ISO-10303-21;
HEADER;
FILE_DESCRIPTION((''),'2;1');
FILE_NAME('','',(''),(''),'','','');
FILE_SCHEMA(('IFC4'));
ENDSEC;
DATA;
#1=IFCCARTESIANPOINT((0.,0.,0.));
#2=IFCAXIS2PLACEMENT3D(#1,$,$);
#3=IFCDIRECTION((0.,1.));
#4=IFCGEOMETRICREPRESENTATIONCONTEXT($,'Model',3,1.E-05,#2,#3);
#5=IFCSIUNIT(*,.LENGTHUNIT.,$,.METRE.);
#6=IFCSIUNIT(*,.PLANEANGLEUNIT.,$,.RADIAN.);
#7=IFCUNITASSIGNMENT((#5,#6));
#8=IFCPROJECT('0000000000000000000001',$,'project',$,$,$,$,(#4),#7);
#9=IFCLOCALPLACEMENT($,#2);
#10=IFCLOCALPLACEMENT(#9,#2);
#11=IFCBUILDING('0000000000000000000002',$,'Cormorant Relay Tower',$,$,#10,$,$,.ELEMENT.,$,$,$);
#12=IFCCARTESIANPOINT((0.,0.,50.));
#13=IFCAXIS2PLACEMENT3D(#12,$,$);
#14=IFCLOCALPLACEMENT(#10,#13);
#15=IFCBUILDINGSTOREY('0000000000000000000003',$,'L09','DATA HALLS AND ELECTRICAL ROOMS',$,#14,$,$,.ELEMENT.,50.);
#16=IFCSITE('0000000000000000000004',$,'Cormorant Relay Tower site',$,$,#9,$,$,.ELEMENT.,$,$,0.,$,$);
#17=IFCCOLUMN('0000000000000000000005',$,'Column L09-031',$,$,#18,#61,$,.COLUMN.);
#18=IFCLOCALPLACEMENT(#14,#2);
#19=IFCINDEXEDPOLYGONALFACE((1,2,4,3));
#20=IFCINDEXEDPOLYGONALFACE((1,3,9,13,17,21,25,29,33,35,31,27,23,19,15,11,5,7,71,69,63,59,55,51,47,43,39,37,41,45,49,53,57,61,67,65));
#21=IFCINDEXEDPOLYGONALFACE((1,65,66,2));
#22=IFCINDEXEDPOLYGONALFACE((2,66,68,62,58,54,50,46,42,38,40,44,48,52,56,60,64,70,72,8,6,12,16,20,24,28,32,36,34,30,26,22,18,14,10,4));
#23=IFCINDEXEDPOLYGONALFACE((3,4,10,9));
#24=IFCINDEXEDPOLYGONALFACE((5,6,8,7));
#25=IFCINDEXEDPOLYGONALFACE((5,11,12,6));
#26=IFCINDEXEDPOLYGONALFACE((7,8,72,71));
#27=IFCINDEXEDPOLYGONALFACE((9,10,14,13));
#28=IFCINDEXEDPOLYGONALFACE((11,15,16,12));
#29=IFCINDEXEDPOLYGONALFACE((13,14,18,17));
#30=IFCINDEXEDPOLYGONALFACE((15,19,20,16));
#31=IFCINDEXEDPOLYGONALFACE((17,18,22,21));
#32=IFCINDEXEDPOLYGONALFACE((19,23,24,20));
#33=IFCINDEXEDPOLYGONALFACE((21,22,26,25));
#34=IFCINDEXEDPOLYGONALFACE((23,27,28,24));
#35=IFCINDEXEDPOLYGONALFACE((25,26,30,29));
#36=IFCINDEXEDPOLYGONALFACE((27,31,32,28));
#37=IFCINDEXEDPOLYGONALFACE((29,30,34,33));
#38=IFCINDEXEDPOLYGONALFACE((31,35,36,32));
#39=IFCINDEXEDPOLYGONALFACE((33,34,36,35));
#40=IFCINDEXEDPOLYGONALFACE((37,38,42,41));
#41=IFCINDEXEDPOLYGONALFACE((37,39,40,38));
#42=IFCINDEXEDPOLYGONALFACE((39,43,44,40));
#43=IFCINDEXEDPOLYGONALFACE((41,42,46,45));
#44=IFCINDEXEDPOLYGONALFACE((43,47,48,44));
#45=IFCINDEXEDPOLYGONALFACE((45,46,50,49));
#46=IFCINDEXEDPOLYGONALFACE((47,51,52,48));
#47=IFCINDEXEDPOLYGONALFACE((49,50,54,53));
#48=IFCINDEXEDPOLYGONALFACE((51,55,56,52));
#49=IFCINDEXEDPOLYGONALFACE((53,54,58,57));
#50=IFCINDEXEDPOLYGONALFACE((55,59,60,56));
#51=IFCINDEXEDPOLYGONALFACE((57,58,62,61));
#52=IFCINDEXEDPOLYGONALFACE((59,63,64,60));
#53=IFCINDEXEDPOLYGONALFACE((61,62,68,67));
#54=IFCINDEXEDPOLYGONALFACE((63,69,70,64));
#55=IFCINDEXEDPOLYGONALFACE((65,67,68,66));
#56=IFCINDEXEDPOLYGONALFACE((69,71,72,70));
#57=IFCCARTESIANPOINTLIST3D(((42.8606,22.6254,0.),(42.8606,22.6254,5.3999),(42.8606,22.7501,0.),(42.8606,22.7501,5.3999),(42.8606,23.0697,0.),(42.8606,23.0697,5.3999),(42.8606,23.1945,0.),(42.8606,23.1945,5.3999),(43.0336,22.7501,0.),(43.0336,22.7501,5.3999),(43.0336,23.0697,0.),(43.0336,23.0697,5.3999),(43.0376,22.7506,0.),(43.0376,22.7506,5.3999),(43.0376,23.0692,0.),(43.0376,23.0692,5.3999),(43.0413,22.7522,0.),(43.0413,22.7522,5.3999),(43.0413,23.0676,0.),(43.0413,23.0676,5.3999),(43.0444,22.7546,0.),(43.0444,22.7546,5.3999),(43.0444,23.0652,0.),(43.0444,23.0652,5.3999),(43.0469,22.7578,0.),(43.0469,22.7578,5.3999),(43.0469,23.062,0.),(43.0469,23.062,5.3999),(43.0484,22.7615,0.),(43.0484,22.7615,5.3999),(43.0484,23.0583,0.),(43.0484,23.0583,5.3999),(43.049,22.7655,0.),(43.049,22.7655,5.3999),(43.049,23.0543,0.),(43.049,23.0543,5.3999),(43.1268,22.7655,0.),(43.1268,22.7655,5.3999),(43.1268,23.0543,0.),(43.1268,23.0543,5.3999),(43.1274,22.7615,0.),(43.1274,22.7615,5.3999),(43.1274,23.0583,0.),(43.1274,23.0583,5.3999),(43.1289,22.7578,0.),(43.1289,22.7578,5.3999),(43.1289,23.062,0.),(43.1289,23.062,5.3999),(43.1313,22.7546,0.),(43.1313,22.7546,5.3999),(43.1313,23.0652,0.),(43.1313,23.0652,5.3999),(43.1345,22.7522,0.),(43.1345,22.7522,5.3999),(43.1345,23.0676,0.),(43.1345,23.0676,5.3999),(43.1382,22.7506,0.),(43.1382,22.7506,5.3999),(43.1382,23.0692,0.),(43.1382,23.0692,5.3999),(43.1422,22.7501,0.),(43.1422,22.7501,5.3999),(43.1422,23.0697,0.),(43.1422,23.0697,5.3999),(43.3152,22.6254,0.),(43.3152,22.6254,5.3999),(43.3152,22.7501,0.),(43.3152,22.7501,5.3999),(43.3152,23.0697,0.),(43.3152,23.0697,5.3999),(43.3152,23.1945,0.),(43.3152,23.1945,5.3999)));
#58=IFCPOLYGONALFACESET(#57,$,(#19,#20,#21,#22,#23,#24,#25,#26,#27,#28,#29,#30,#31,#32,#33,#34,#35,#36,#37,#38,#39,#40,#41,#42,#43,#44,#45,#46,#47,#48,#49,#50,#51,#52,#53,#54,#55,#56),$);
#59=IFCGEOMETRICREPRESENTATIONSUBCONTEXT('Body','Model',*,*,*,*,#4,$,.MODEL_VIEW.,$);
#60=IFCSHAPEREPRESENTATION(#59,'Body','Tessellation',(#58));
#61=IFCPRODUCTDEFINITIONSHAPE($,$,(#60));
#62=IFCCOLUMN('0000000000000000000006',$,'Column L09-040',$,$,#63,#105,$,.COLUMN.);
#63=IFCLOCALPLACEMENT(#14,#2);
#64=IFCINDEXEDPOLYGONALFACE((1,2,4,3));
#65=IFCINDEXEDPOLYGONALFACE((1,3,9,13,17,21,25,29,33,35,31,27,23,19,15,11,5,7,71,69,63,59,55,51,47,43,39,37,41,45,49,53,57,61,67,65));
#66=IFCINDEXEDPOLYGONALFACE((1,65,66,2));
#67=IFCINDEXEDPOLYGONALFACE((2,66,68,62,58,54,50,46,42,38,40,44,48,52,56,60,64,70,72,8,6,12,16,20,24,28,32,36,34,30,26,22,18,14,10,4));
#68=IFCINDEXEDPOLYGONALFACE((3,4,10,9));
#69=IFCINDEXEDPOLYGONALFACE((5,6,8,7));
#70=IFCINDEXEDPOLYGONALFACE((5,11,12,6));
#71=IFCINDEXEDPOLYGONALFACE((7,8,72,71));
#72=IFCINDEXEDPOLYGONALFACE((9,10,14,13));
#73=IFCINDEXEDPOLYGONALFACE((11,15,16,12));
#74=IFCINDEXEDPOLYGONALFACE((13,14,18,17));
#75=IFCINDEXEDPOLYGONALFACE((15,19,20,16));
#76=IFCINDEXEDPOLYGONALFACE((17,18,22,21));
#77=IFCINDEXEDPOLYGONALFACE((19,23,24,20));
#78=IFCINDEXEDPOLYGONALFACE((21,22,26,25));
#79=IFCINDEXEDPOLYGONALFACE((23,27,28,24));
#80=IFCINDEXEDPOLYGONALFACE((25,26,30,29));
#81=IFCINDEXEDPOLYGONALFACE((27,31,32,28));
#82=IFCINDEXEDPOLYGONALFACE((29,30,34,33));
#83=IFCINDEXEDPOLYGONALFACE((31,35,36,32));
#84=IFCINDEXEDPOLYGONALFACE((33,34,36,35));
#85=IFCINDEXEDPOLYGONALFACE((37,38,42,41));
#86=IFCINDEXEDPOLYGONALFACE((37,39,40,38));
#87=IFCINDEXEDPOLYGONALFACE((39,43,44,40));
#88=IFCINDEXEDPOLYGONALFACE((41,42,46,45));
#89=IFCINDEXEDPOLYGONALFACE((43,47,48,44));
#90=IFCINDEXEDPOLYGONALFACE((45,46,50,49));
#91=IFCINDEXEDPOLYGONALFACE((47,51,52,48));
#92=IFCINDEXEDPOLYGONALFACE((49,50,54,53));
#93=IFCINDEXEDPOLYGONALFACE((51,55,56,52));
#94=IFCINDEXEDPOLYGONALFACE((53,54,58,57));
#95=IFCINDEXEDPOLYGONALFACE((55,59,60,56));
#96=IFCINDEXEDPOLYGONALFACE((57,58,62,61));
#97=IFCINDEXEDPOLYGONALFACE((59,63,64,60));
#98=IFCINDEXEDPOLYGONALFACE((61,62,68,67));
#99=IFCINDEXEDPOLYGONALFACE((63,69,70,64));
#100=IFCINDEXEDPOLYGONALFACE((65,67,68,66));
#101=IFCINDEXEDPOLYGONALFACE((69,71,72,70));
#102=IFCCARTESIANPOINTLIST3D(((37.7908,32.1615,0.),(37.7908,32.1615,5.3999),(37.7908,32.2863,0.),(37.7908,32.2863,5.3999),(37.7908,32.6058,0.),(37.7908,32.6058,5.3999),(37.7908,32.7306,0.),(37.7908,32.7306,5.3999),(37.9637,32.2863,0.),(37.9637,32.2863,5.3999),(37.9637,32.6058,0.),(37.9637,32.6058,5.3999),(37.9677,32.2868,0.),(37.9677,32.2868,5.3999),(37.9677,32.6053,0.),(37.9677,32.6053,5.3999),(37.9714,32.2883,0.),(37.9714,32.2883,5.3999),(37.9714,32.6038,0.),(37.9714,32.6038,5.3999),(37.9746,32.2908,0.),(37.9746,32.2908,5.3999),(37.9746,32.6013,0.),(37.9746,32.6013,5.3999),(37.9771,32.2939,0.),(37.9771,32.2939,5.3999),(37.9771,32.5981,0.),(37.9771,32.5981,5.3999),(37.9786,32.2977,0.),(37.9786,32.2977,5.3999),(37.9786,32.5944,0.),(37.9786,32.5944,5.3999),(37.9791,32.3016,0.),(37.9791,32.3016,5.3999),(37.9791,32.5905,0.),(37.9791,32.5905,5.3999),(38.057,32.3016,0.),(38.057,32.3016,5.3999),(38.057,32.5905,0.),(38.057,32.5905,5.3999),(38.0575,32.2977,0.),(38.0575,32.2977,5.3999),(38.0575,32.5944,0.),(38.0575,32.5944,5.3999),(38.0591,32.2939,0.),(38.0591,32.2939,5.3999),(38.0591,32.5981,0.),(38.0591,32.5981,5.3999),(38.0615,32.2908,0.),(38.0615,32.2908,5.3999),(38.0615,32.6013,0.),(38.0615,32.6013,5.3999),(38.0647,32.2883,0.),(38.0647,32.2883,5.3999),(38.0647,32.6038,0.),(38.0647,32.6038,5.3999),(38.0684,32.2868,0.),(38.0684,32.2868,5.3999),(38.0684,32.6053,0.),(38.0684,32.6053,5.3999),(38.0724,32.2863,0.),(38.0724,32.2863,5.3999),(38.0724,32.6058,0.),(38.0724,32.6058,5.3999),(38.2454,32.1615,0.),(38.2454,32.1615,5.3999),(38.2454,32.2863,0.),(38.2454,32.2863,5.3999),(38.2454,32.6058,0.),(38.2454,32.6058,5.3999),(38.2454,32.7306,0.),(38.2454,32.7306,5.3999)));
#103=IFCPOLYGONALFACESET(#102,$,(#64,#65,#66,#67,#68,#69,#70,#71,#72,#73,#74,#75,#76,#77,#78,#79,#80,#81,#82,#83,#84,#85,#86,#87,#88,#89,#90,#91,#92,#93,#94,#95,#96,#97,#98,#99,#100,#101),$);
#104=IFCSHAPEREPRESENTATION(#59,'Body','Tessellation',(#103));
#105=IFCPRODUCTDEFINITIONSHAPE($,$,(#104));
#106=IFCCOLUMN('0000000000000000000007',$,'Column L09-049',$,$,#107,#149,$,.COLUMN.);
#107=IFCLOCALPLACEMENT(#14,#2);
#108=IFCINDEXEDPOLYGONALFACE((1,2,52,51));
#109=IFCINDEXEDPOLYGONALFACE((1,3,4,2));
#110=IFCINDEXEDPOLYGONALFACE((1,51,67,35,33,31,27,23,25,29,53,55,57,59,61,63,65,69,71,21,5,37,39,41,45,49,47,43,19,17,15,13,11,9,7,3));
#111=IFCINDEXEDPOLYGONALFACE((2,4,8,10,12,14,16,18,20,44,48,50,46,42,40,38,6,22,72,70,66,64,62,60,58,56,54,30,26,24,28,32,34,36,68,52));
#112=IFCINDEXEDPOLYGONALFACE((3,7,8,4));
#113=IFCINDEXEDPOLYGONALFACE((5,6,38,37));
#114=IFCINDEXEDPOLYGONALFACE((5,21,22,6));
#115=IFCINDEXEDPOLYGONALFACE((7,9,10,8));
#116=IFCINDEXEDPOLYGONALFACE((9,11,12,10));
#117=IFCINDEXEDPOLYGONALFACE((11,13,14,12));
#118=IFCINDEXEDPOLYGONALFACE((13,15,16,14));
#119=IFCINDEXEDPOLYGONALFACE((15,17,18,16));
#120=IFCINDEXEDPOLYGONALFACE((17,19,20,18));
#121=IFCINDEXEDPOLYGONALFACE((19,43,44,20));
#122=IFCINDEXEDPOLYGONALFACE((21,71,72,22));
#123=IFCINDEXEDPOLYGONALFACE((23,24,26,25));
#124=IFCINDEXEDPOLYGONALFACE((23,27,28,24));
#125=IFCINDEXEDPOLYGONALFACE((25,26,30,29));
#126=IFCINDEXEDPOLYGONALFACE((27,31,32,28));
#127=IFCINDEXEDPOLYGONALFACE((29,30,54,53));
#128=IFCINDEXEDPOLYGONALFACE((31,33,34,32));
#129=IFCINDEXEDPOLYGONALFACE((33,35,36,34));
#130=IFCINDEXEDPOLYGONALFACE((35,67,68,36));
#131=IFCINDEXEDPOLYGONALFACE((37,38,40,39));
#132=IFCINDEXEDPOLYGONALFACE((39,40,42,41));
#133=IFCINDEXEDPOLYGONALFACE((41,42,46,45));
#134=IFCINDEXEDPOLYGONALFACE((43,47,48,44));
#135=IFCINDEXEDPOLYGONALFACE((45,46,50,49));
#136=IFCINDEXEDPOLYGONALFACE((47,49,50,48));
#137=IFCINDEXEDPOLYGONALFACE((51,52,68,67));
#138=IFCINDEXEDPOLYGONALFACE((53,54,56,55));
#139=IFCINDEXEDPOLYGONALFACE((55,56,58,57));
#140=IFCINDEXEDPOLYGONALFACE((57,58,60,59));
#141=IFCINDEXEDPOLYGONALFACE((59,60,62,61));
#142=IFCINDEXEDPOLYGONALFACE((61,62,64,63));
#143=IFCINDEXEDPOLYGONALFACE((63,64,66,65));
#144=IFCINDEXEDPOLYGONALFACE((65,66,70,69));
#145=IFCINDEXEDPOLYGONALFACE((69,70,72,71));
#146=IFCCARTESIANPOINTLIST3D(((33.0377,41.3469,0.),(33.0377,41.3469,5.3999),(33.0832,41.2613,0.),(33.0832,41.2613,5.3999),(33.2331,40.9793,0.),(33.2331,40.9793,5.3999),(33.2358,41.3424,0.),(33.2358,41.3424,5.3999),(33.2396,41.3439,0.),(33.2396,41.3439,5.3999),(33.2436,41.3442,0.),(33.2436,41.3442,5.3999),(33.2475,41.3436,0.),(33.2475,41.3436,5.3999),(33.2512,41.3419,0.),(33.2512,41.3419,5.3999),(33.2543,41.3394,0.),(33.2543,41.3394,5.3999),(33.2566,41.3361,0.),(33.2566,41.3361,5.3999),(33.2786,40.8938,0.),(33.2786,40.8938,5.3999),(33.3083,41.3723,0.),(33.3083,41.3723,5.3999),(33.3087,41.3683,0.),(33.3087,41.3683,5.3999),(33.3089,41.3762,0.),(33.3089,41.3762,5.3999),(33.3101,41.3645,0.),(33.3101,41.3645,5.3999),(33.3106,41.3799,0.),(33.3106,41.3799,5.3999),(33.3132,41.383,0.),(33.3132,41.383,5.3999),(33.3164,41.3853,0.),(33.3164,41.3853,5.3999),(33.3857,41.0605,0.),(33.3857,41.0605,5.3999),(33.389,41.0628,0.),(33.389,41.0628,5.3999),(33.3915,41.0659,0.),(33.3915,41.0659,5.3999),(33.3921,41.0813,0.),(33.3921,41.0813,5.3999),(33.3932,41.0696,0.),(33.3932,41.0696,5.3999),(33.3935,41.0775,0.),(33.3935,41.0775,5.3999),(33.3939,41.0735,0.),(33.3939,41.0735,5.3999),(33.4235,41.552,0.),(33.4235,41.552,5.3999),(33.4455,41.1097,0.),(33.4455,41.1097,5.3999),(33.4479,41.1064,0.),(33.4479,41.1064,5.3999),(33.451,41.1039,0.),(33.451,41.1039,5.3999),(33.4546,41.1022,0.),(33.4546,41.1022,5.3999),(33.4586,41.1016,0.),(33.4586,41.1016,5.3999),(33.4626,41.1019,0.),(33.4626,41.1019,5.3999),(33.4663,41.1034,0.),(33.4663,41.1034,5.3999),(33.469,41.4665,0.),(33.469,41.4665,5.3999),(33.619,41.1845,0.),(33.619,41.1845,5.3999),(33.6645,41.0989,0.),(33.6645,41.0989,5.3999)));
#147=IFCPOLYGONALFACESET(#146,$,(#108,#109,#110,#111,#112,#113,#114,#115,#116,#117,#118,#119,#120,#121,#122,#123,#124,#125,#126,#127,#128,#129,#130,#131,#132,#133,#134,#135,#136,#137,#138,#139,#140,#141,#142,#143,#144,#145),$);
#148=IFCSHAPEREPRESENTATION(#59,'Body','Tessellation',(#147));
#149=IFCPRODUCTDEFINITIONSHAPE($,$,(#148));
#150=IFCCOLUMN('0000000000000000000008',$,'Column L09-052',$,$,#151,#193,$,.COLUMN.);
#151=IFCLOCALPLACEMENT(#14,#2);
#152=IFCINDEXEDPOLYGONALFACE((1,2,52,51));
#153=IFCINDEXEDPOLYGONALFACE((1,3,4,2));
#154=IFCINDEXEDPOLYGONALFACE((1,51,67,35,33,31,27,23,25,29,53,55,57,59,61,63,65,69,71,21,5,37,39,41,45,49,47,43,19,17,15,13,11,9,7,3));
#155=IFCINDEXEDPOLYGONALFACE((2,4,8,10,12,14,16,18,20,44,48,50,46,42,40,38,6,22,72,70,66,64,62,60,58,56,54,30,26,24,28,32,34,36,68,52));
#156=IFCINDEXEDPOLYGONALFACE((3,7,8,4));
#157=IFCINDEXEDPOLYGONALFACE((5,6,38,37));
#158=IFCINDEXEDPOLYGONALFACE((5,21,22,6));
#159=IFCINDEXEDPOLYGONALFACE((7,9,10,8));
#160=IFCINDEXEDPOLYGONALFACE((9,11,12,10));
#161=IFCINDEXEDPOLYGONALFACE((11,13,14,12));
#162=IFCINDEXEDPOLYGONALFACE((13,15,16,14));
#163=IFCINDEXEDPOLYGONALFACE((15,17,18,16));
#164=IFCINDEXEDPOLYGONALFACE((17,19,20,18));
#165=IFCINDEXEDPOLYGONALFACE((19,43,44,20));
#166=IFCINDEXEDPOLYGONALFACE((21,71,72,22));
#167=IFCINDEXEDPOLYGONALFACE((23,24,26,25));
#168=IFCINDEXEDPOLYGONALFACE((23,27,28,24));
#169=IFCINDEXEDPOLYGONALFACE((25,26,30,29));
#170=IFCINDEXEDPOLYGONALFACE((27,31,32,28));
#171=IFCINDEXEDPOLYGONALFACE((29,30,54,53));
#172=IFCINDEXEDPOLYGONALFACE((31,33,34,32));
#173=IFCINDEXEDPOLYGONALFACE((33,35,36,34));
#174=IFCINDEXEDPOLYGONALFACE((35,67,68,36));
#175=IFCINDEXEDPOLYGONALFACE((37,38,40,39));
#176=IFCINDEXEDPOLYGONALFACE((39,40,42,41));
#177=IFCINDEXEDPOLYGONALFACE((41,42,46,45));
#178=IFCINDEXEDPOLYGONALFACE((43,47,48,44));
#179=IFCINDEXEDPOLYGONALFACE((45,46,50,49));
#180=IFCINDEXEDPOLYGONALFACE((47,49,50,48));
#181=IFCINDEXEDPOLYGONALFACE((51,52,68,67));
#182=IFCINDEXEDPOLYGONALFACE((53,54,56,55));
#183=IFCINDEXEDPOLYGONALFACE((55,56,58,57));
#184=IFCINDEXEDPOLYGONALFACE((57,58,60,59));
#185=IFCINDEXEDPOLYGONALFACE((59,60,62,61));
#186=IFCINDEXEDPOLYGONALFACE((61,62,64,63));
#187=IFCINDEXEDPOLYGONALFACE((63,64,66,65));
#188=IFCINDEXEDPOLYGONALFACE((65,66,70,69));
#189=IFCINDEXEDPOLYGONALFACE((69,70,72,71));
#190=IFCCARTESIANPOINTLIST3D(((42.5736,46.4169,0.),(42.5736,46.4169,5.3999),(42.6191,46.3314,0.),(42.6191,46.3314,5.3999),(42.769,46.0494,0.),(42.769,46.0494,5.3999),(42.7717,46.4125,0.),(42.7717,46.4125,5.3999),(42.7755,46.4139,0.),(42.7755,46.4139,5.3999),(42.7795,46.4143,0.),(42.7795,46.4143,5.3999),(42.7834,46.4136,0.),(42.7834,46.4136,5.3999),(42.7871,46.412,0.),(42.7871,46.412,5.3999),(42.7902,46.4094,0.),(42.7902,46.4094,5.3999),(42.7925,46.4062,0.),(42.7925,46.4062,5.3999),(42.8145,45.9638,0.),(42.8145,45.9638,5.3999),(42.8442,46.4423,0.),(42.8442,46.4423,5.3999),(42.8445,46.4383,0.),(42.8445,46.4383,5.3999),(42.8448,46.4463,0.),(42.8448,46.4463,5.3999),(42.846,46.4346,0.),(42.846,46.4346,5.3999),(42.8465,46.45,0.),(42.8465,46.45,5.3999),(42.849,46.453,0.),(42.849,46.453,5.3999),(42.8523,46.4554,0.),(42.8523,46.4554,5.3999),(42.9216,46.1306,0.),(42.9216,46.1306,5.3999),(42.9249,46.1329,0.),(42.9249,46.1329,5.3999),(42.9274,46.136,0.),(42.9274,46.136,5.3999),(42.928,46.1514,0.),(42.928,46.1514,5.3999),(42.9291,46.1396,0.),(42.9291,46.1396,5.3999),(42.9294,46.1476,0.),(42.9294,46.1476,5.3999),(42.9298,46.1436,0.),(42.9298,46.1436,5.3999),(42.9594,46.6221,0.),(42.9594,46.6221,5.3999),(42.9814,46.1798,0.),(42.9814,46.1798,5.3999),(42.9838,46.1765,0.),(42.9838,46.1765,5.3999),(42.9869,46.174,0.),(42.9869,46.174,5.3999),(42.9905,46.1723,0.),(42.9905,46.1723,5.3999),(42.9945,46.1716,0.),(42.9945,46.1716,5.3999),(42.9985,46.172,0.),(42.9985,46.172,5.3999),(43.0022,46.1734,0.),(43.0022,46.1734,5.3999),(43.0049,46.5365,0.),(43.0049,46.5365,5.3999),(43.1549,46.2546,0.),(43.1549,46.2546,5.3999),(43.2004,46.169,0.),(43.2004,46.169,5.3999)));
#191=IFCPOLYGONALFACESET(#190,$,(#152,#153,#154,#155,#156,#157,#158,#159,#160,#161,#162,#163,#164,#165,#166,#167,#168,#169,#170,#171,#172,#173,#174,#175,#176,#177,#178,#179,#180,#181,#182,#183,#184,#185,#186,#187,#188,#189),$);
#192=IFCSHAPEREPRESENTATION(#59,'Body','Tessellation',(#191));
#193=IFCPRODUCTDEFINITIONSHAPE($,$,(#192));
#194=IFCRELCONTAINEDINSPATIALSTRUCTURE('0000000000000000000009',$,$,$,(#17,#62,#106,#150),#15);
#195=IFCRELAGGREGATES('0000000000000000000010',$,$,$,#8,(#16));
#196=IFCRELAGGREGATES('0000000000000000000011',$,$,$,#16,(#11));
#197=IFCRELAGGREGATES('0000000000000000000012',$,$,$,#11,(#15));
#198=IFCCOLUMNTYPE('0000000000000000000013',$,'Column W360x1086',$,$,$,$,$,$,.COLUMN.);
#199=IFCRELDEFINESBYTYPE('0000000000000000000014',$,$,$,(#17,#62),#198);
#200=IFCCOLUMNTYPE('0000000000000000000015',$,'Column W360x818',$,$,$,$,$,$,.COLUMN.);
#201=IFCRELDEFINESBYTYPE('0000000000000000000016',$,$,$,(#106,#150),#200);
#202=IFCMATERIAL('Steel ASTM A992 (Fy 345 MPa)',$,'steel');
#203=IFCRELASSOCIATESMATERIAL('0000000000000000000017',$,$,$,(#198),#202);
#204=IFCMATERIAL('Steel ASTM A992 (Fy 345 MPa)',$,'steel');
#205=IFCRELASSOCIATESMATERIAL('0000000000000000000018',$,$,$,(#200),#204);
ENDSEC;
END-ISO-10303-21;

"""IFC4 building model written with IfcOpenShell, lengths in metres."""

from ifc_helpers import new_model, si_unit, direction, frame, origin, origin_2d, place, context, subcontext, project, spatial, i_section, extrude, material, material_profile, profile_set, type_object, element, save


model = new_model("IFC4")

# Units and contexts
model_context = context("Model", 3, precision=1e-05, world=origin(), true_north=direction((0.0, 1.0)))
body_context = subcontext(model_context, "Body", "Model", "MODEL_VIEW")
ifc_project = project(units=[si_unit("LENGTHUNIT", "METRE"), si_unit("PLANEANGLEUNIT", "RADIAN")], contexts=[model_context])

# Site, building, storey
site_placement = place(None, origin())
site = spatial("IfcSite", under=ifc_project, at=site_placement, Name="Cormorant Relay Tower site", CompositionType="ELEMENT", RefElevation=0.0)
building_placement = place(site_placement, origin())
building = spatial("IfcBuilding", under=site, at=building_placement, Name="Cormorant Relay Tower", CompositionType="ELEMENT")
storey_placement = place(building_placement, frame((0.0, 0.0, 50.0)))
storey = spatial("IfcBuildingStorey", under=building, at=storey_placement, Name="L09", Description="DATA HALLS AND ELECTRICAL ROOMS", CompositionType="ELEMENT", Elevation=50.0)

# Columns
ifc_material_1 = material(Name="Steel ASTM A992 (Fy 345 MPa)", Category="steel")
ifc_material_profile_1 = material_profile(ifc_material_1, i_section(OverallWidth=0.4546, OverallDepth=0.5691, WebThickness=0.0779, FlangeThickness=0.1248, FilletRadius=0.0154, at=origin_2d()), Name="W360x1086")
ifc_profile_set_1 = profile_set([ifc_material_profile_1], Name="Steel ASTM A992 (Fy 345 MPa)")
column_type_1 = type_object("IfcColumnType", Name="Column W360x1086", PredefinedType="COLUMN", material=ifc_profile_set_1)
for number, where, z_axis, x_axis, name in (
    (1, (43.0879, 22.9099, 0.0), (0.0, 0.0, 1.0), (1.0, 0.0, 0.0), "Column L09-031"),
    (2, (38.0181, 32.446, 0.0), (0.0, 0.0, 1.0), (1.0, 0.0, 0.0), "Column L09-040"),
):
    element("IfcColumn", number, at=place(storey_placement, frame(where, z_axis=z_axis, x_axis=x_axis)), inside=storey, type_object=column_type_1, Name=name, PredefinedType="COLUMN", context=body_context, shape_type="SweptSolid", body=[
        extrude(i_section(OverallWidth=0.4546, OverallDepth=0.5691, WebThickness=0.0779, FlangeThickness=0.1248, FilletRadius=0.0154, at=origin_2d()), origin(), (0.0, 0.0, 1.0), 5.3999),
    ])
ifc_material_2 = material(Name="Steel ASTM A992 (Fy 345 MPa)", Category="steel")
ifc_material_profile_2 = material_profile(ifc_material_2, i_section(OverallWidth=0.437, OverallDepth=0.5132, WebThickness=0.0605, FlangeThickness=0.0969, FilletRadius=0.0154, at=origin_2d()), Name="W360x818")
ifc_profile_set_2 = profile_set([ifc_material_profile_2], Name="Steel ASTM A992 (Fy 345 MPa)")
column_type_2 = type_object("IfcColumnType", Name="Column W360x818", PredefinedType="COLUMN", material=ifc_profile_set_2)
for number, where, z_axis, x_axis, name in (
    (3, (33.3511, 41.2229, 0.0), (0.0, 0.0, 1.0), (-0.882948, -0.469472, 0.0), "Column L09-049"),
    (4, (42.887, 46.293, 0.0), (0.0, 0.0, 1.0), (-0.882948, -0.469472, 0.0), "Column L09-052"),
):
    element("IfcColumn", number, at=place(storey_placement, frame(where, z_axis=z_axis, x_axis=x_axis)), inside=storey, type_object=column_type_2, Name=name, PredefinedType="COLUMN", context=body_context, shape_type="SweptSolid", body=[
        extrude(i_section(OverallWidth=0.437, OverallDepth=0.5132, WebThickness=0.0605, FlangeThickness=0.0969, FilletRadius=0.0154, at=origin_2d()), origin(), (0.0, 0.0, 1.0), 5.3999),
    ])

save(model, "model.ifc")
